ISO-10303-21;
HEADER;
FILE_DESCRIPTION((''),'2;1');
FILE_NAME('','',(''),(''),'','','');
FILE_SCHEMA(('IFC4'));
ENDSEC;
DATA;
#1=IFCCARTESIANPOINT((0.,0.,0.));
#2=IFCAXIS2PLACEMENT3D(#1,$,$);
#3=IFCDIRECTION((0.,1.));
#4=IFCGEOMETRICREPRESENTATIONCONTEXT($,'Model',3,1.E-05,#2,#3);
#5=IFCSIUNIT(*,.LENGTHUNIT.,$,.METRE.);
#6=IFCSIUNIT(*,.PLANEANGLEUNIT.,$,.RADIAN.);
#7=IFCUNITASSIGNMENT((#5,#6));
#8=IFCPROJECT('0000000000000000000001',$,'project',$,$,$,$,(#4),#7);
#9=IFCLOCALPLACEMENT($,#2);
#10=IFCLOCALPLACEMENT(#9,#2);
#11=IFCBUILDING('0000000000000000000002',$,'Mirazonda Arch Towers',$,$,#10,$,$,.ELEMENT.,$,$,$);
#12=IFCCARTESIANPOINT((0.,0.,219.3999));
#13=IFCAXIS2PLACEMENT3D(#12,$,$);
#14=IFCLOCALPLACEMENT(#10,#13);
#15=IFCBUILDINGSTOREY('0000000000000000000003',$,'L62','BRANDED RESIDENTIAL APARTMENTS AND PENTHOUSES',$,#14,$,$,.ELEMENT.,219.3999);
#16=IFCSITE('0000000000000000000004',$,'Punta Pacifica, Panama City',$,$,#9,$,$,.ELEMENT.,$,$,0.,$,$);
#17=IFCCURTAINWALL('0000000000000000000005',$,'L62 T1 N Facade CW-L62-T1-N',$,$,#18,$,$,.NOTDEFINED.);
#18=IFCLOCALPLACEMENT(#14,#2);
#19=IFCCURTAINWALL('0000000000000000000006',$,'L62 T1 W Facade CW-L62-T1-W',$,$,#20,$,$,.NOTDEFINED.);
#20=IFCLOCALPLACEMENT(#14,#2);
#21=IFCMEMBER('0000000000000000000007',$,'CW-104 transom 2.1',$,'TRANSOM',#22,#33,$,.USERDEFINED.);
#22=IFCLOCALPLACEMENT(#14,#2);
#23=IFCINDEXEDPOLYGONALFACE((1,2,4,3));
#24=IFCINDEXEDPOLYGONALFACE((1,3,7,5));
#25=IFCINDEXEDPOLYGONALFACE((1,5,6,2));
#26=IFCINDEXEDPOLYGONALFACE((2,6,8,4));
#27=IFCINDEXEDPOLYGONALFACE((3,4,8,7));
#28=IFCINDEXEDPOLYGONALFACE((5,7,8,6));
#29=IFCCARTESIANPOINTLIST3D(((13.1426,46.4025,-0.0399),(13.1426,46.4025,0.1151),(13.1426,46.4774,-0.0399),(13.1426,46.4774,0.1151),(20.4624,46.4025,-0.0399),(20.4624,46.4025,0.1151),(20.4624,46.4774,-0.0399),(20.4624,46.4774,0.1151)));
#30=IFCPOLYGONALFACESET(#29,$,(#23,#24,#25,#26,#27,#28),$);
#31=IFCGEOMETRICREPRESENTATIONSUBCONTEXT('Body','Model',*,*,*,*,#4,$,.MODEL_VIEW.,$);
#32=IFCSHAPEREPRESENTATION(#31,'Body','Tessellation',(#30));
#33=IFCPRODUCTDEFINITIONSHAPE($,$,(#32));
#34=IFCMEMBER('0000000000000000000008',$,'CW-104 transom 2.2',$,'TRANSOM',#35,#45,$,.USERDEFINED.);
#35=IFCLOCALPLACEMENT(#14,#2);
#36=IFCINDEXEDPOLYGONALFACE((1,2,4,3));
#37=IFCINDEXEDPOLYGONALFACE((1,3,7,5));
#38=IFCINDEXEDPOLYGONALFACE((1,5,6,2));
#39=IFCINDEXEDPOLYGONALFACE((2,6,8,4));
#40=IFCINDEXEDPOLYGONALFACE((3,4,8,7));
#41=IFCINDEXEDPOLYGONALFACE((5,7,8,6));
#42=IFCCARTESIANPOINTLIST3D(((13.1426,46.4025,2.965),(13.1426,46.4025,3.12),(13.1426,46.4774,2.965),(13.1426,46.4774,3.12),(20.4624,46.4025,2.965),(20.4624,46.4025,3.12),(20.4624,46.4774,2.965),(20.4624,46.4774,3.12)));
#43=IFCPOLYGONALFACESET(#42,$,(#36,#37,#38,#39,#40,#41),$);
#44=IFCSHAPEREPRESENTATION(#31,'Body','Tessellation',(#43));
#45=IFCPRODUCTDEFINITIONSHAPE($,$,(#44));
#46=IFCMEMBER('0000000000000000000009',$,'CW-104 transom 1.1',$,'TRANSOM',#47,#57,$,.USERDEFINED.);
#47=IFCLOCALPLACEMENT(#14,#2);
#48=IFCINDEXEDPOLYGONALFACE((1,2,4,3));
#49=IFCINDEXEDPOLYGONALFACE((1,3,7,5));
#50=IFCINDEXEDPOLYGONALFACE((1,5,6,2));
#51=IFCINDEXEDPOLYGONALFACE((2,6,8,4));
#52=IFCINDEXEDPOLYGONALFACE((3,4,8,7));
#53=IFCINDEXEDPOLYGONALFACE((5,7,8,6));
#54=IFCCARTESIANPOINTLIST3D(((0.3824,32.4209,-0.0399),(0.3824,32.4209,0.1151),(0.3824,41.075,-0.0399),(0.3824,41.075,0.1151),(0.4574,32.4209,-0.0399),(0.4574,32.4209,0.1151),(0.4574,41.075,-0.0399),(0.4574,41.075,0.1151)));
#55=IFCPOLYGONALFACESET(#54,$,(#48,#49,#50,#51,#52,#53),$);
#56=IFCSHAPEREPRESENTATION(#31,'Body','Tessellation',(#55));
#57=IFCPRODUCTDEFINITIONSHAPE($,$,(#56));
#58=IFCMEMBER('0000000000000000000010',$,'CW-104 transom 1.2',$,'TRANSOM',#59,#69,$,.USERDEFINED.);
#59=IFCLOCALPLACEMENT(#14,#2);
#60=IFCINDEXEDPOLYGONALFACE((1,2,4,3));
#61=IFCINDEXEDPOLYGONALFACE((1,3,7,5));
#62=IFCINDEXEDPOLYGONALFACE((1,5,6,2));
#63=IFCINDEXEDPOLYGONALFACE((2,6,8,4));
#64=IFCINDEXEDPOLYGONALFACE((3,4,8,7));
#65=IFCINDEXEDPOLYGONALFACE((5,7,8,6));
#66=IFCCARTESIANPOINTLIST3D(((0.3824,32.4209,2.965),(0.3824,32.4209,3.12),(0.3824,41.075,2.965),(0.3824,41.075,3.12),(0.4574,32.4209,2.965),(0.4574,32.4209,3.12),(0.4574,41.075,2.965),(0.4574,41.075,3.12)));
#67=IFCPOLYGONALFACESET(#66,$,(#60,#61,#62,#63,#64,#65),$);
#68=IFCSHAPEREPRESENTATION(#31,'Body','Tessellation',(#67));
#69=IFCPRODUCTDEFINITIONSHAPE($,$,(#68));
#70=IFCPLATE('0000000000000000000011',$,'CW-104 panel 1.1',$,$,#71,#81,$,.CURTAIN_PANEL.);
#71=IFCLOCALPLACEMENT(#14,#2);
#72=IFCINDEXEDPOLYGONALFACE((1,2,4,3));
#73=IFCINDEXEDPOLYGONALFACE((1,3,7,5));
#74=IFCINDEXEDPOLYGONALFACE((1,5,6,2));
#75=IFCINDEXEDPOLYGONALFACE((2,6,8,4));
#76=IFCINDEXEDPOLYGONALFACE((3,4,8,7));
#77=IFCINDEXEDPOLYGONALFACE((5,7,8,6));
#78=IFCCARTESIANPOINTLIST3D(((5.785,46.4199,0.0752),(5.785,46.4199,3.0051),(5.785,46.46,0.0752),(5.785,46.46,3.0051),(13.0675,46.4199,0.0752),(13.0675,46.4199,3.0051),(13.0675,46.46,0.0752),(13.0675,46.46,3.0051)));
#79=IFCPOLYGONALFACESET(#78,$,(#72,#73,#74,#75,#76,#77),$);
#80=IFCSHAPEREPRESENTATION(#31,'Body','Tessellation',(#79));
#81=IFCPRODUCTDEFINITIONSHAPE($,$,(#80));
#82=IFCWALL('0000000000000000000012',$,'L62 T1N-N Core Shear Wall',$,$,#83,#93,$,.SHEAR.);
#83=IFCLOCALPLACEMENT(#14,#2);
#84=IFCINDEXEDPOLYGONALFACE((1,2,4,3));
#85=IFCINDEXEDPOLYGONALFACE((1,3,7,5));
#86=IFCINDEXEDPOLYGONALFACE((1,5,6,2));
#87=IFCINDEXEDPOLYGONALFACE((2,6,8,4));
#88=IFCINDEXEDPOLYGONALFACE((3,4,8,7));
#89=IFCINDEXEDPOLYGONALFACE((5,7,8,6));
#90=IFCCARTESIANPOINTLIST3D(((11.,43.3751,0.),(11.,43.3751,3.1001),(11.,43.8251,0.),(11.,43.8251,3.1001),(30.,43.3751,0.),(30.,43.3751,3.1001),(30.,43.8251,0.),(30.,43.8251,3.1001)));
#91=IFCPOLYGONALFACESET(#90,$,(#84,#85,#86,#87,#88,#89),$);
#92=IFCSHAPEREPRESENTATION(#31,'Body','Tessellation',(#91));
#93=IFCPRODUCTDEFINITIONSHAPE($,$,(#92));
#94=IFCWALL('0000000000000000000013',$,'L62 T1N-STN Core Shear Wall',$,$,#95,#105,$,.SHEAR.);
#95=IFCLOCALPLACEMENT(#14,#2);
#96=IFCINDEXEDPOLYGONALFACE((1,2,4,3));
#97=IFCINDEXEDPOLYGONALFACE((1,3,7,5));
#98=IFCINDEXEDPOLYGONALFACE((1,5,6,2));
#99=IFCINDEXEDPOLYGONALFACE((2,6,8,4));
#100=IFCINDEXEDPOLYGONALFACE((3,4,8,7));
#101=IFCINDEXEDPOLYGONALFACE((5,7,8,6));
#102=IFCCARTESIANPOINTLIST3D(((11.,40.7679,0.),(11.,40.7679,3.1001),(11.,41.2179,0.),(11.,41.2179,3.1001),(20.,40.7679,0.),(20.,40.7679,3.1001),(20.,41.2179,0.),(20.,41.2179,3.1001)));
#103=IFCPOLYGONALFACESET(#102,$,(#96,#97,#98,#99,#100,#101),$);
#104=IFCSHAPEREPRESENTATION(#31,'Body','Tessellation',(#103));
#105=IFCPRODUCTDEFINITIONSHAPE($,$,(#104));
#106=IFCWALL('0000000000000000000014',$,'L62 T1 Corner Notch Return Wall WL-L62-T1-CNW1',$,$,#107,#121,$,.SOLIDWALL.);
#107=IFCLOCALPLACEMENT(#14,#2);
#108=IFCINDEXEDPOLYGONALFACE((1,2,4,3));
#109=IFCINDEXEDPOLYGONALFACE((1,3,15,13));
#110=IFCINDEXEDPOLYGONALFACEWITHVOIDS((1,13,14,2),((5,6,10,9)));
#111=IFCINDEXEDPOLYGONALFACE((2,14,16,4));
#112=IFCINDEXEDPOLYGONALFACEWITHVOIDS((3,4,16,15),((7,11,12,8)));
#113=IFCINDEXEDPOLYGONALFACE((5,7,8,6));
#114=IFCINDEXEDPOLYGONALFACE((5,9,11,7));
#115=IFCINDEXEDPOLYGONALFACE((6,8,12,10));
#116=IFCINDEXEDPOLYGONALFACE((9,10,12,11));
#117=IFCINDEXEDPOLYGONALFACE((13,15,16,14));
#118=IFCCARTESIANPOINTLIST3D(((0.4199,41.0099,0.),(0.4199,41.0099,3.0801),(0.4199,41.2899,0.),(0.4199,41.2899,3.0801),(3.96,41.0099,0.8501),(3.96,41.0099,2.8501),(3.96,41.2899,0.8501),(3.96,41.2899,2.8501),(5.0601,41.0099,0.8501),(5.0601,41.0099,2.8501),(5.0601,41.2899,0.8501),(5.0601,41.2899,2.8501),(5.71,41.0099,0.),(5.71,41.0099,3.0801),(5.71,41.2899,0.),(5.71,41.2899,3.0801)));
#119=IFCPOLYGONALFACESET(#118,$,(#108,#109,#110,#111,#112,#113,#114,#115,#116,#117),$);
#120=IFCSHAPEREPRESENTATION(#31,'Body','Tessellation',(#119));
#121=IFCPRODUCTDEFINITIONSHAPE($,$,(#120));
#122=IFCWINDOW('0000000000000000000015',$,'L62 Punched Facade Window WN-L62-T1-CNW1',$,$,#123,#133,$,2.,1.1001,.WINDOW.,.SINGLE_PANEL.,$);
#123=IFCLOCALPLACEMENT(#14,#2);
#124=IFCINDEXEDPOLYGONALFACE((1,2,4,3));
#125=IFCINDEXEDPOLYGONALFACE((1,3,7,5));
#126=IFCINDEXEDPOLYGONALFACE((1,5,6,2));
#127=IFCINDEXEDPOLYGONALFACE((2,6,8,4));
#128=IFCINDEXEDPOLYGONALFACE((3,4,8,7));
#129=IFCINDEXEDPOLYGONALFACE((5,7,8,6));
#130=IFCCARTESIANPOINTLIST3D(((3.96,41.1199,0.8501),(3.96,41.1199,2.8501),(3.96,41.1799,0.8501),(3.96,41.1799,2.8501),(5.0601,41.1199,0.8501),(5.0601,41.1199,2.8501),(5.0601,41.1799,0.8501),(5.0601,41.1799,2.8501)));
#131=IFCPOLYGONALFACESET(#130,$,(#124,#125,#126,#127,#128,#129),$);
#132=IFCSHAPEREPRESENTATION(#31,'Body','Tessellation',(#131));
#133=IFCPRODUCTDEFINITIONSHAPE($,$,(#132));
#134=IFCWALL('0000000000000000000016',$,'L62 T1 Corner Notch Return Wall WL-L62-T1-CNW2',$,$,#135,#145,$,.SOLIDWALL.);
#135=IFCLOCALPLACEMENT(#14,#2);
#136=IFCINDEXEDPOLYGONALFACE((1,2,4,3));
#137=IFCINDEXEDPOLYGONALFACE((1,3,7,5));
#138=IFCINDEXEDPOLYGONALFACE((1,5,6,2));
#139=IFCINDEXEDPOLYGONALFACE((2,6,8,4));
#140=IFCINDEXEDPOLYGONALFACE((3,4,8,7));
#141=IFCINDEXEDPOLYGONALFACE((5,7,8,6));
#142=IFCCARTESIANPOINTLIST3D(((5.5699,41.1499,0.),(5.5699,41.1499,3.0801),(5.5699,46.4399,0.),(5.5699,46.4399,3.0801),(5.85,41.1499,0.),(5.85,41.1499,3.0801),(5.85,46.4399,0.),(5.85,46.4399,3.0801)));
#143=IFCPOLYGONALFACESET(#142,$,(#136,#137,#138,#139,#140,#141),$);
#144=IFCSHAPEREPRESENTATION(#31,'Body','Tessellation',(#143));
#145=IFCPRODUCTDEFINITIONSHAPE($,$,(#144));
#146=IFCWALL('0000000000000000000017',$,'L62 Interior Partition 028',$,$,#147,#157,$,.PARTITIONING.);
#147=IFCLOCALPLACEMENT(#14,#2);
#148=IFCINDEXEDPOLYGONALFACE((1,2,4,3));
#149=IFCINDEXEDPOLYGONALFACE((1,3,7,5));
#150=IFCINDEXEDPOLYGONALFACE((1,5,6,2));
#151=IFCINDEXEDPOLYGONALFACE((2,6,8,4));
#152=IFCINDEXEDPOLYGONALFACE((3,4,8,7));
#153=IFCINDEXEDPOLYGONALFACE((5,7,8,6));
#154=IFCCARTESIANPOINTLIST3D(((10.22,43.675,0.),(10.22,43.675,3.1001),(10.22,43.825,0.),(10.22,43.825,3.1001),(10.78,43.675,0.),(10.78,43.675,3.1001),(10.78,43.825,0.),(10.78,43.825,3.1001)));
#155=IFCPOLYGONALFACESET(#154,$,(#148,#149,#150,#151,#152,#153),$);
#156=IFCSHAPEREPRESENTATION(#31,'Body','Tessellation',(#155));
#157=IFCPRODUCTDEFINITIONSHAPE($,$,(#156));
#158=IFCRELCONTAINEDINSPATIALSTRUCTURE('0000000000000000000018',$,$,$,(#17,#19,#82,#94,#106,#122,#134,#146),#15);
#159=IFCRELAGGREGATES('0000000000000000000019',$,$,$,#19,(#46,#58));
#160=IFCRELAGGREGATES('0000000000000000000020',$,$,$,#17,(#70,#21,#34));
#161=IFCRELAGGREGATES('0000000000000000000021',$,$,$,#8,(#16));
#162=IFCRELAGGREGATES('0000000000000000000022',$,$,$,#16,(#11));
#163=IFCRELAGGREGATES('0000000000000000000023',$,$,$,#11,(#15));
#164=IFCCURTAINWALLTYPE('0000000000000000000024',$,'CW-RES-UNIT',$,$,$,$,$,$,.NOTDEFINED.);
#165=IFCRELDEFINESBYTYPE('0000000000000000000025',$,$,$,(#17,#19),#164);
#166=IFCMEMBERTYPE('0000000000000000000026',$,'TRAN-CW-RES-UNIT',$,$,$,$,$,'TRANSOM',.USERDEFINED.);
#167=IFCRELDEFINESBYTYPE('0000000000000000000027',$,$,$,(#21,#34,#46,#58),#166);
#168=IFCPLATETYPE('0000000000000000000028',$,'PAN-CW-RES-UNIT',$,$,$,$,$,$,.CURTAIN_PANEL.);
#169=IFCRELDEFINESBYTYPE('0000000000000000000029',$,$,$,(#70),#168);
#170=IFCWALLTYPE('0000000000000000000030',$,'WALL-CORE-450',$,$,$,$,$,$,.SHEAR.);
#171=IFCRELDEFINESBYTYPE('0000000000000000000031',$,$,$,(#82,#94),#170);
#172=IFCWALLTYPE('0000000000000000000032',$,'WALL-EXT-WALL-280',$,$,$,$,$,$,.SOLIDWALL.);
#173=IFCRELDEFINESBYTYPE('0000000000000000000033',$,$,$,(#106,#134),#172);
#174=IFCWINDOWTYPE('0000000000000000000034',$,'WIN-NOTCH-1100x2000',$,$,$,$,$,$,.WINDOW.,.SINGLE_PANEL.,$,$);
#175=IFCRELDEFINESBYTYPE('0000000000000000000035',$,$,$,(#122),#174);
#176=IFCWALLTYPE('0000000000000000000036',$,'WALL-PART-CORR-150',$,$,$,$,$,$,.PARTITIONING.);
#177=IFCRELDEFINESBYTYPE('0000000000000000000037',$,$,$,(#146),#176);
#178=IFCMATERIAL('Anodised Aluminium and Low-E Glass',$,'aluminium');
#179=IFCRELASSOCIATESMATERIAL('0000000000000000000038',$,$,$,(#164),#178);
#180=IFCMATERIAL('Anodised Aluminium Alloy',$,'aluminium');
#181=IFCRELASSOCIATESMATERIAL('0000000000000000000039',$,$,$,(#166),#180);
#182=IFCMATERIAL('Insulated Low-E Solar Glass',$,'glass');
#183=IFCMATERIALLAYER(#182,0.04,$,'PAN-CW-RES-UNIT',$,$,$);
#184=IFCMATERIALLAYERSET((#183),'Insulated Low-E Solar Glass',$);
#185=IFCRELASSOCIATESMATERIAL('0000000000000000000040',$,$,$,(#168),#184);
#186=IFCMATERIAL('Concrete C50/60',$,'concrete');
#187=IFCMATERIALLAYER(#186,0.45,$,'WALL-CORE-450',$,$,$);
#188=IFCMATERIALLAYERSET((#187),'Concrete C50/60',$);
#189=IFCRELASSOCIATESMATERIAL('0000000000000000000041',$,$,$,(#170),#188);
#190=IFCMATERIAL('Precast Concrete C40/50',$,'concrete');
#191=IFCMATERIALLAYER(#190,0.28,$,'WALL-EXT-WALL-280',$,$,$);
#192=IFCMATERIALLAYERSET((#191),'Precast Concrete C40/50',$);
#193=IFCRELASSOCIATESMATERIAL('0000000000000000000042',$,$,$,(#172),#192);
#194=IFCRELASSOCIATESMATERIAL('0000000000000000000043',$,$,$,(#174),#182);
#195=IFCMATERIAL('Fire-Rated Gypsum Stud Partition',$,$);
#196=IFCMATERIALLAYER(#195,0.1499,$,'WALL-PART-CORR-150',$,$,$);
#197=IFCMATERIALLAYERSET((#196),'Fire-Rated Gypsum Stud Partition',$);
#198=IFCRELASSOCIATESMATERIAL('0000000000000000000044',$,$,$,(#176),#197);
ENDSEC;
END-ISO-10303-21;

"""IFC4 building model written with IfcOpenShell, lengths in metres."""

from ifc_helpers import new_model, si_unit, direction, frame, frame_2d, origin, origin_2d, place, context, subcontext, project, spatial, rectangle, extrude, material, layer, layer_set, material_profile, profile_set, type_object, element, fill, aggregate, save


model = new_model("IFC4")

# Units and contexts
model_context = context("Model", 3, precision=1e-05, world=origin(), true_north=direction((0.0, 1.0)))
body_context = subcontext(model_context, "Body", "Model", "MODEL_VIEW")
ifc_project = project(units=[si_unit("LENGTHUNIT", "METRE"), si_unit("PLANEANGLEUNIT", "RADIAN")], contexts=[model_context])

# Site, building, storey
site_placement = place(None, origin())
site = spatial("IfcSite", under=ifc_project, at=site_placement, Name="Punta Pacifica, Panama City", CompositionType="ELEMENT", RefElevation=0.0)
building_placement = place(site_placement, origin())
building = spatial("IfcBuilding", under=site, at=building_placement, Name="Mirazonda Arch Towers", CompositionType="ELEMENT")
storey_placement = place(building_placement, frame((0.0, 0.0, 219.3999)))
storey = spatial("IfcBuildingStorey", under=building, at=storey_placement, Name="L62", Description="BRANDED RESIDENTIAL APARTMENTS AND PENTHOUSES", CompositionType="ELEMENT", Elevation=219.3999)

# Shared definitions
ifc_material_1 = material(Name="Concrete C50/60", Category="concrete")

# Curtain wall
ifc_material_2 = material(Name="Anodised Aluminium and Low-E Glass", Category="aluminium")
curtain_wall_type = type_object("IfcCurtainWallType", Name="CW-RES-UNIT", PredefinedType="NOTDEFINED", material=ifc_material_2)
curtain_wall_1_placement = place(storey_placement, origin())
curtain_wall_1 = element("IfcCurtainWall", 1, at=curtain_wall_1_placement, inside=storey, type_object=curtain_wall_type, Name="L62 T1 N Facade CW-L62-T1-N", PredefinedType="NOTDEFINED")
ifc_material_3 = material(Name="Anodised Aluminium Alloy", Category="aluminium")

# Curtain wall
curtain_wall_2_placement = place(storey_placement, origin())
curtain_wall_2 = element("IfcCurtainWall", 2, at=curtain_wall_2_placement, inside=storey, type_object=curtain_wall_type, Name="L62 T1 W Facade CW-L62-T1-W", PredefinedType="NOTDEFINED")

# Members
ifc_material_profile_1 = material_profile(ifc_material_3, rectangle(XDim=0.075, YDim=0.155, at=origin_2d()), Name="ALU-TRAN-75x155")
ifc_profile_set_1 = profile_set([ifc_material_profile_1], Name="Anodised Aluminium Alloy")
member_type_1 = type_object("IfcMemberType", Name="TRAN-CW-RES-UNIT", ElementType="TRANSOM", PredefinedType="USERDEFINED", material=ifc_profile_set_1)
member_1_placement = place(storey_placement, frame((13.1426, 46.4399, 0.0376), z_axis=(1.0, 0.0, 0.0), x_axis=(0.0, 1.0, 0.0)))
member_1 = element("IfcMember", 3, at=member_1_placement, type_object=member_type_1, Name="CW-104 transom 2.1", ObjectType="TRANSOM", PredefinedType="USERDEFINED", context=body_context, shape_type="SweptSolid", body=[
    extrude(rectangle(XDim=0.075, YDim=0.155, at=origin_2d()), origin(), (0.0, 0.0, 1.0), 7.3198),
])
member_2_placement = place(storey_placement, frame((13.1426, 46.4399, 3.0425), z_axis=(1.0, 0.0, 0.0), x_axis=(0.0, 1.0, 0.0)))
member_2 = element("IfcMember", 4, at=member_2_placement, type_object=member_type_1, Name="CW-104 transom 2.2", ObjectType="TRANSOM", PredefinedType="USERDEFINED", context=body_context, shape_type="SweptSolid", body=[
    extrude(rectangle(XDim=0.075, YDim=0.155, at=origin_2d()), origin(), (0.0, 0.0, 1.0), 7.3198),
])
member_3_placement = place(storey_placement, frame((0.4199, 41.075, 0.0376), z_axis=(0.0, -1.0, 0.0), x_axis=(1.0, 0.0, 0.0)))
member_3 = element("IfcMember", 5, at=member_3_placement, type_object=member_type_1, Name="CW-104 transom 1.1", ObjectType="TRANSOM", PredefinedType="USERDEFINED", context=body_context, shape_type="SweptSolid", body=[
    extrude(rectangle(XDim=0.075, YDim=0.155, at=origin_2d()), origin(), (0.0, 0.0, 1.0), 8.6541),
])
member_4_placement = place(storey_placement, frame((0.4199, 41.075, 3.0425), z_axis=(0.0, -1.0, 0.0), x_axis=(1.0, 0.0, 0.0)))
member_4 = element("IfcMember", 6, at=member_4_placement, type_object=member_type_1, Name="CW-104 transom 1.2", ObjectType="TRANSOM", PredefinedType="USERDEFINED", context=body_context, shape_type="SweptSolid", body=[
    extrude(rectangle(XDim=0.075, YDim=0.155, at=origin_2d()), origin(), (0.0, 0.0, 1.0), 8.6541),
])
aggregate(curtain_wall_2, [member_3, member_4])

# Plate
ifc_material_4 = material(Name="Insulated Low-E Solar Glass", Category="glass")
ifc_layer_1 = layer(ifc_material_4, 0.04, Name="PAN-CW-RES-UNIT")
ifc_layer_set_1 = layer_set([ifc_layer_1], Name="Insulated Low-E Solar Glass")
plate_type = type_object("IfcPlateType", Name="PAN-CW-RES-UNIT", PredefinedType="CURTAIN_PANEL", material=ifc_layer_set_1)
plate_placement = place(storey_placement, frame((9.4263, 46.4399, 0.0752), z_axis=(0.0, 0.0, 1.0), x_axis=(1.0, 0.0, 0.0)))
plate = element("IfcPlate", 7, at=plate_placement, type_object=plate_type, Name="CW-104 panel 1.1", PredefinedType="CURTAIN_PANEL", context=body_context, shape_type="SweptSolid", body=[
    extrude(rectangle(XDim=7.2825, YDim=0.04, at=origin_2d()), origin(), (0.0, 0.0, 1.0), 2.9299),
])
aggregate(curtain_wall_1, [plate, member_1, member_2])

# Walls
ifc_layer_2 = layer(ifc_material_1, 0.45, Name="WALL-CORE-450")
ifc_layer_set_2 = layer_set([ifc_layer_2], Name="Concrete C50/60")
wall_type_1 = type_object("IfcWallType", Name="WALL-CORE-450", PredefinedType="SHEAR", material=ifc_layer_set_2)
wall_1_placement = place(storey_placement, frame((11.0, 43.6001, 0.0), z_axis=(0.0, 0.0, 1.0), x_axis=(1.0, 0.0, 0.0)))
element("IfcWall", 8, at=wall_1_placement, inside=storey, type_object=wall_type_1, Name="L62 T1N-N Core Shear Wall", PredefinedType="SHEAR", context=body_context, shape_type="SweptSolid", body=[
    extrude(rectangle(XDim=19.0, YDim=0.45, at=frame_2d((9.5, 0.0))), origin(), (0.0, 0.0, 1.0), 3.1001),
])
wall_2_placement = place(storey_placement, frame((11.0, 40.9929, 0.0), z_axis=(0.0, 0.0, 1.0), x_axis=(1.0, 0.0, 0.0)))
element("IfcWall", 9, at=wall_2_placement, inside=storey, type_object=wall_type_1, Name="L62 T1N-STN Core Shear Wall", PredefinedType="SHEAR", context=body_context, shape_type="SweptSolid", body=[
    extrude(rectangle(XDim=9.0, YDim=0.45, at=frame_2d((4.5, 0.0))), origin(), (0.0, 0.0, 1.0), 3.1001),
])

# Wall, opening, window
ifc_material_5 = material(Name="Precast Concrete C40/50", Category="concrete")
ifc_layer_3 = layer(ifc_material_5, 0.28, Name="WALL-EXT-WALL-280")
ifc_layer_set_3 = layer_set([ifc_layer_3], Name="Precast Concrete C40/50")
wall_type_2 = type_object("IfcWallType", Name="WALL-EXT-WALL-280", PredefinedType="SOLIDWALL", material=ifc_layer_set_3)
wall_3_placement = place(storey_placement, frame((5.71, 41.1499, 0.0), z_axis=(0.0, 0.0, 1.0), x_axis=(-1.0, 0.0, 0.0)))
wall_3 = element("IfcWall", 10, at=wall_3_placement, inside=storey, type_object=wall_type_2, Name="L62 T1 Corner Notch Return Wall WL-L62-T1-CNW1", PredefinedType="SOLIDWALL", context=body_context, shape_type="SweptSolid", body=[
    extrude(rectangle(XDim=5.29, YDim=0.28, at=frame_2d((2.645, 0.0))), origin(), (0.0, 0.0, 1.0), 3.0801),
])
opening_1_placement = place(wall_3_placement, frame((0.6499, 0.0, 0.8501)))
opening_1 = element("IfcOpeningElement", 11, at=opening_1_placement, cuts=wall_3, PredefinedType="OPENING", context=body_context, shape_type="SweptSolid", body=[
    extrude(rectangle(XDim=1.1001, YDim=2.0, at=frame_2d((0.55, 1.0))), frame((0.0, 0.1499, 0.0), z_axis=(0.0, -1.0, 0.0), x_axis=(1.0, 0.0, 0.0)), (0.0, 0.0, 1.0), 0.3),
])
window_type = type_object("IfcWindowType", Name="WIN-NOTCH-1100x2000", PartitioningType="SINGLE_PANEL", PredefinedType="WINDOW", material=ifc_material_4)
window_placement = place(opening_1_placement, origin())
window = element("IfcWindow", 12, at=window_placement, inside=storey, type_object=window_type, Name="L62 Punched Facade Window WN-L62-T1-CNW1", OverallHeight=2.0, OverallWidth=1.1001, PartitioningType="SINGLE_PANEL", PredefinedType="WINDOW", context=body_context, shape_type="SweptSolid", body=[
    extrude(rectangle(XDim=1.1001, YDim=2.0, at=frame_2d((0.55, 1.0))), frame((0.0, 0.03, 0.0), z_axis=(0.0, -1.0, 0.0), x_axis=(1.0, 0.0, 0.0)), (0.0, 0.0, 1.0), 0.0601),
])
fill(opening_1, window)

# Walls
wall_4_placement = place(storey_placement, frame((5.71, 46.4399, 0.0), z_axis=(0.0, 0.0, 1.0), x_axis=(0.0, -1.0, 0.0)))
element("IfcWall", 13, at=wall_4_placement, inside=storey, type_object=wall_type_2, Name="L62 T1 Corner Notch Return Wall WL-L62-T1-CNW2", PredefinedType="SOLIDWALL", context=body_context, shape_type="SweptSolid", body=[
    extrude(rectangle(XDim=5.29, YDim=0.28, at=frame_2d((2.645, 0.0))), origin(), (0.0, 0.0, 1.0), 3.0801),
])
ifc_material_6 = material(Name="Fire-Rated Gypsum Stud Partition")
ifc_layer_4 = layer(ifc_material_6, 0.1499, Name="WALL-PART-CORR-150")
ifc_layer_set_4 = layer_set([ifc_layer_4], Name="Fire-Rated Gypsum Stud Partition")
wall_type_3 = type_object("IfcWallType", Name="WALL-PART-CORR-150", PredefinedType="PARTITIONING", material=ifc_layer_set_4)
wall_5_placement = place(storey_placement, frame((10.22, 43.75, 0.0), z_axis=(0.0, 0.0, 1.0), x_axis=(1.0, 0.0, 0.0)))
element("IfcWall", 14, at=wall_5_placement, inside=storey, type_object=wall_type_3, Name="L62 Interior Partition 028", PredefinedType="PARTITIONING", context=body_context, shape_type="SweptSolid", body=[
    extrude(rectangle(XDim=0.5601, YDim=0.1499, at=frame_2d((0.28, 0.0))), origin(), (0.0, 0.0, 1.0), 3.1001),
])

save(model, "model.ifc")
